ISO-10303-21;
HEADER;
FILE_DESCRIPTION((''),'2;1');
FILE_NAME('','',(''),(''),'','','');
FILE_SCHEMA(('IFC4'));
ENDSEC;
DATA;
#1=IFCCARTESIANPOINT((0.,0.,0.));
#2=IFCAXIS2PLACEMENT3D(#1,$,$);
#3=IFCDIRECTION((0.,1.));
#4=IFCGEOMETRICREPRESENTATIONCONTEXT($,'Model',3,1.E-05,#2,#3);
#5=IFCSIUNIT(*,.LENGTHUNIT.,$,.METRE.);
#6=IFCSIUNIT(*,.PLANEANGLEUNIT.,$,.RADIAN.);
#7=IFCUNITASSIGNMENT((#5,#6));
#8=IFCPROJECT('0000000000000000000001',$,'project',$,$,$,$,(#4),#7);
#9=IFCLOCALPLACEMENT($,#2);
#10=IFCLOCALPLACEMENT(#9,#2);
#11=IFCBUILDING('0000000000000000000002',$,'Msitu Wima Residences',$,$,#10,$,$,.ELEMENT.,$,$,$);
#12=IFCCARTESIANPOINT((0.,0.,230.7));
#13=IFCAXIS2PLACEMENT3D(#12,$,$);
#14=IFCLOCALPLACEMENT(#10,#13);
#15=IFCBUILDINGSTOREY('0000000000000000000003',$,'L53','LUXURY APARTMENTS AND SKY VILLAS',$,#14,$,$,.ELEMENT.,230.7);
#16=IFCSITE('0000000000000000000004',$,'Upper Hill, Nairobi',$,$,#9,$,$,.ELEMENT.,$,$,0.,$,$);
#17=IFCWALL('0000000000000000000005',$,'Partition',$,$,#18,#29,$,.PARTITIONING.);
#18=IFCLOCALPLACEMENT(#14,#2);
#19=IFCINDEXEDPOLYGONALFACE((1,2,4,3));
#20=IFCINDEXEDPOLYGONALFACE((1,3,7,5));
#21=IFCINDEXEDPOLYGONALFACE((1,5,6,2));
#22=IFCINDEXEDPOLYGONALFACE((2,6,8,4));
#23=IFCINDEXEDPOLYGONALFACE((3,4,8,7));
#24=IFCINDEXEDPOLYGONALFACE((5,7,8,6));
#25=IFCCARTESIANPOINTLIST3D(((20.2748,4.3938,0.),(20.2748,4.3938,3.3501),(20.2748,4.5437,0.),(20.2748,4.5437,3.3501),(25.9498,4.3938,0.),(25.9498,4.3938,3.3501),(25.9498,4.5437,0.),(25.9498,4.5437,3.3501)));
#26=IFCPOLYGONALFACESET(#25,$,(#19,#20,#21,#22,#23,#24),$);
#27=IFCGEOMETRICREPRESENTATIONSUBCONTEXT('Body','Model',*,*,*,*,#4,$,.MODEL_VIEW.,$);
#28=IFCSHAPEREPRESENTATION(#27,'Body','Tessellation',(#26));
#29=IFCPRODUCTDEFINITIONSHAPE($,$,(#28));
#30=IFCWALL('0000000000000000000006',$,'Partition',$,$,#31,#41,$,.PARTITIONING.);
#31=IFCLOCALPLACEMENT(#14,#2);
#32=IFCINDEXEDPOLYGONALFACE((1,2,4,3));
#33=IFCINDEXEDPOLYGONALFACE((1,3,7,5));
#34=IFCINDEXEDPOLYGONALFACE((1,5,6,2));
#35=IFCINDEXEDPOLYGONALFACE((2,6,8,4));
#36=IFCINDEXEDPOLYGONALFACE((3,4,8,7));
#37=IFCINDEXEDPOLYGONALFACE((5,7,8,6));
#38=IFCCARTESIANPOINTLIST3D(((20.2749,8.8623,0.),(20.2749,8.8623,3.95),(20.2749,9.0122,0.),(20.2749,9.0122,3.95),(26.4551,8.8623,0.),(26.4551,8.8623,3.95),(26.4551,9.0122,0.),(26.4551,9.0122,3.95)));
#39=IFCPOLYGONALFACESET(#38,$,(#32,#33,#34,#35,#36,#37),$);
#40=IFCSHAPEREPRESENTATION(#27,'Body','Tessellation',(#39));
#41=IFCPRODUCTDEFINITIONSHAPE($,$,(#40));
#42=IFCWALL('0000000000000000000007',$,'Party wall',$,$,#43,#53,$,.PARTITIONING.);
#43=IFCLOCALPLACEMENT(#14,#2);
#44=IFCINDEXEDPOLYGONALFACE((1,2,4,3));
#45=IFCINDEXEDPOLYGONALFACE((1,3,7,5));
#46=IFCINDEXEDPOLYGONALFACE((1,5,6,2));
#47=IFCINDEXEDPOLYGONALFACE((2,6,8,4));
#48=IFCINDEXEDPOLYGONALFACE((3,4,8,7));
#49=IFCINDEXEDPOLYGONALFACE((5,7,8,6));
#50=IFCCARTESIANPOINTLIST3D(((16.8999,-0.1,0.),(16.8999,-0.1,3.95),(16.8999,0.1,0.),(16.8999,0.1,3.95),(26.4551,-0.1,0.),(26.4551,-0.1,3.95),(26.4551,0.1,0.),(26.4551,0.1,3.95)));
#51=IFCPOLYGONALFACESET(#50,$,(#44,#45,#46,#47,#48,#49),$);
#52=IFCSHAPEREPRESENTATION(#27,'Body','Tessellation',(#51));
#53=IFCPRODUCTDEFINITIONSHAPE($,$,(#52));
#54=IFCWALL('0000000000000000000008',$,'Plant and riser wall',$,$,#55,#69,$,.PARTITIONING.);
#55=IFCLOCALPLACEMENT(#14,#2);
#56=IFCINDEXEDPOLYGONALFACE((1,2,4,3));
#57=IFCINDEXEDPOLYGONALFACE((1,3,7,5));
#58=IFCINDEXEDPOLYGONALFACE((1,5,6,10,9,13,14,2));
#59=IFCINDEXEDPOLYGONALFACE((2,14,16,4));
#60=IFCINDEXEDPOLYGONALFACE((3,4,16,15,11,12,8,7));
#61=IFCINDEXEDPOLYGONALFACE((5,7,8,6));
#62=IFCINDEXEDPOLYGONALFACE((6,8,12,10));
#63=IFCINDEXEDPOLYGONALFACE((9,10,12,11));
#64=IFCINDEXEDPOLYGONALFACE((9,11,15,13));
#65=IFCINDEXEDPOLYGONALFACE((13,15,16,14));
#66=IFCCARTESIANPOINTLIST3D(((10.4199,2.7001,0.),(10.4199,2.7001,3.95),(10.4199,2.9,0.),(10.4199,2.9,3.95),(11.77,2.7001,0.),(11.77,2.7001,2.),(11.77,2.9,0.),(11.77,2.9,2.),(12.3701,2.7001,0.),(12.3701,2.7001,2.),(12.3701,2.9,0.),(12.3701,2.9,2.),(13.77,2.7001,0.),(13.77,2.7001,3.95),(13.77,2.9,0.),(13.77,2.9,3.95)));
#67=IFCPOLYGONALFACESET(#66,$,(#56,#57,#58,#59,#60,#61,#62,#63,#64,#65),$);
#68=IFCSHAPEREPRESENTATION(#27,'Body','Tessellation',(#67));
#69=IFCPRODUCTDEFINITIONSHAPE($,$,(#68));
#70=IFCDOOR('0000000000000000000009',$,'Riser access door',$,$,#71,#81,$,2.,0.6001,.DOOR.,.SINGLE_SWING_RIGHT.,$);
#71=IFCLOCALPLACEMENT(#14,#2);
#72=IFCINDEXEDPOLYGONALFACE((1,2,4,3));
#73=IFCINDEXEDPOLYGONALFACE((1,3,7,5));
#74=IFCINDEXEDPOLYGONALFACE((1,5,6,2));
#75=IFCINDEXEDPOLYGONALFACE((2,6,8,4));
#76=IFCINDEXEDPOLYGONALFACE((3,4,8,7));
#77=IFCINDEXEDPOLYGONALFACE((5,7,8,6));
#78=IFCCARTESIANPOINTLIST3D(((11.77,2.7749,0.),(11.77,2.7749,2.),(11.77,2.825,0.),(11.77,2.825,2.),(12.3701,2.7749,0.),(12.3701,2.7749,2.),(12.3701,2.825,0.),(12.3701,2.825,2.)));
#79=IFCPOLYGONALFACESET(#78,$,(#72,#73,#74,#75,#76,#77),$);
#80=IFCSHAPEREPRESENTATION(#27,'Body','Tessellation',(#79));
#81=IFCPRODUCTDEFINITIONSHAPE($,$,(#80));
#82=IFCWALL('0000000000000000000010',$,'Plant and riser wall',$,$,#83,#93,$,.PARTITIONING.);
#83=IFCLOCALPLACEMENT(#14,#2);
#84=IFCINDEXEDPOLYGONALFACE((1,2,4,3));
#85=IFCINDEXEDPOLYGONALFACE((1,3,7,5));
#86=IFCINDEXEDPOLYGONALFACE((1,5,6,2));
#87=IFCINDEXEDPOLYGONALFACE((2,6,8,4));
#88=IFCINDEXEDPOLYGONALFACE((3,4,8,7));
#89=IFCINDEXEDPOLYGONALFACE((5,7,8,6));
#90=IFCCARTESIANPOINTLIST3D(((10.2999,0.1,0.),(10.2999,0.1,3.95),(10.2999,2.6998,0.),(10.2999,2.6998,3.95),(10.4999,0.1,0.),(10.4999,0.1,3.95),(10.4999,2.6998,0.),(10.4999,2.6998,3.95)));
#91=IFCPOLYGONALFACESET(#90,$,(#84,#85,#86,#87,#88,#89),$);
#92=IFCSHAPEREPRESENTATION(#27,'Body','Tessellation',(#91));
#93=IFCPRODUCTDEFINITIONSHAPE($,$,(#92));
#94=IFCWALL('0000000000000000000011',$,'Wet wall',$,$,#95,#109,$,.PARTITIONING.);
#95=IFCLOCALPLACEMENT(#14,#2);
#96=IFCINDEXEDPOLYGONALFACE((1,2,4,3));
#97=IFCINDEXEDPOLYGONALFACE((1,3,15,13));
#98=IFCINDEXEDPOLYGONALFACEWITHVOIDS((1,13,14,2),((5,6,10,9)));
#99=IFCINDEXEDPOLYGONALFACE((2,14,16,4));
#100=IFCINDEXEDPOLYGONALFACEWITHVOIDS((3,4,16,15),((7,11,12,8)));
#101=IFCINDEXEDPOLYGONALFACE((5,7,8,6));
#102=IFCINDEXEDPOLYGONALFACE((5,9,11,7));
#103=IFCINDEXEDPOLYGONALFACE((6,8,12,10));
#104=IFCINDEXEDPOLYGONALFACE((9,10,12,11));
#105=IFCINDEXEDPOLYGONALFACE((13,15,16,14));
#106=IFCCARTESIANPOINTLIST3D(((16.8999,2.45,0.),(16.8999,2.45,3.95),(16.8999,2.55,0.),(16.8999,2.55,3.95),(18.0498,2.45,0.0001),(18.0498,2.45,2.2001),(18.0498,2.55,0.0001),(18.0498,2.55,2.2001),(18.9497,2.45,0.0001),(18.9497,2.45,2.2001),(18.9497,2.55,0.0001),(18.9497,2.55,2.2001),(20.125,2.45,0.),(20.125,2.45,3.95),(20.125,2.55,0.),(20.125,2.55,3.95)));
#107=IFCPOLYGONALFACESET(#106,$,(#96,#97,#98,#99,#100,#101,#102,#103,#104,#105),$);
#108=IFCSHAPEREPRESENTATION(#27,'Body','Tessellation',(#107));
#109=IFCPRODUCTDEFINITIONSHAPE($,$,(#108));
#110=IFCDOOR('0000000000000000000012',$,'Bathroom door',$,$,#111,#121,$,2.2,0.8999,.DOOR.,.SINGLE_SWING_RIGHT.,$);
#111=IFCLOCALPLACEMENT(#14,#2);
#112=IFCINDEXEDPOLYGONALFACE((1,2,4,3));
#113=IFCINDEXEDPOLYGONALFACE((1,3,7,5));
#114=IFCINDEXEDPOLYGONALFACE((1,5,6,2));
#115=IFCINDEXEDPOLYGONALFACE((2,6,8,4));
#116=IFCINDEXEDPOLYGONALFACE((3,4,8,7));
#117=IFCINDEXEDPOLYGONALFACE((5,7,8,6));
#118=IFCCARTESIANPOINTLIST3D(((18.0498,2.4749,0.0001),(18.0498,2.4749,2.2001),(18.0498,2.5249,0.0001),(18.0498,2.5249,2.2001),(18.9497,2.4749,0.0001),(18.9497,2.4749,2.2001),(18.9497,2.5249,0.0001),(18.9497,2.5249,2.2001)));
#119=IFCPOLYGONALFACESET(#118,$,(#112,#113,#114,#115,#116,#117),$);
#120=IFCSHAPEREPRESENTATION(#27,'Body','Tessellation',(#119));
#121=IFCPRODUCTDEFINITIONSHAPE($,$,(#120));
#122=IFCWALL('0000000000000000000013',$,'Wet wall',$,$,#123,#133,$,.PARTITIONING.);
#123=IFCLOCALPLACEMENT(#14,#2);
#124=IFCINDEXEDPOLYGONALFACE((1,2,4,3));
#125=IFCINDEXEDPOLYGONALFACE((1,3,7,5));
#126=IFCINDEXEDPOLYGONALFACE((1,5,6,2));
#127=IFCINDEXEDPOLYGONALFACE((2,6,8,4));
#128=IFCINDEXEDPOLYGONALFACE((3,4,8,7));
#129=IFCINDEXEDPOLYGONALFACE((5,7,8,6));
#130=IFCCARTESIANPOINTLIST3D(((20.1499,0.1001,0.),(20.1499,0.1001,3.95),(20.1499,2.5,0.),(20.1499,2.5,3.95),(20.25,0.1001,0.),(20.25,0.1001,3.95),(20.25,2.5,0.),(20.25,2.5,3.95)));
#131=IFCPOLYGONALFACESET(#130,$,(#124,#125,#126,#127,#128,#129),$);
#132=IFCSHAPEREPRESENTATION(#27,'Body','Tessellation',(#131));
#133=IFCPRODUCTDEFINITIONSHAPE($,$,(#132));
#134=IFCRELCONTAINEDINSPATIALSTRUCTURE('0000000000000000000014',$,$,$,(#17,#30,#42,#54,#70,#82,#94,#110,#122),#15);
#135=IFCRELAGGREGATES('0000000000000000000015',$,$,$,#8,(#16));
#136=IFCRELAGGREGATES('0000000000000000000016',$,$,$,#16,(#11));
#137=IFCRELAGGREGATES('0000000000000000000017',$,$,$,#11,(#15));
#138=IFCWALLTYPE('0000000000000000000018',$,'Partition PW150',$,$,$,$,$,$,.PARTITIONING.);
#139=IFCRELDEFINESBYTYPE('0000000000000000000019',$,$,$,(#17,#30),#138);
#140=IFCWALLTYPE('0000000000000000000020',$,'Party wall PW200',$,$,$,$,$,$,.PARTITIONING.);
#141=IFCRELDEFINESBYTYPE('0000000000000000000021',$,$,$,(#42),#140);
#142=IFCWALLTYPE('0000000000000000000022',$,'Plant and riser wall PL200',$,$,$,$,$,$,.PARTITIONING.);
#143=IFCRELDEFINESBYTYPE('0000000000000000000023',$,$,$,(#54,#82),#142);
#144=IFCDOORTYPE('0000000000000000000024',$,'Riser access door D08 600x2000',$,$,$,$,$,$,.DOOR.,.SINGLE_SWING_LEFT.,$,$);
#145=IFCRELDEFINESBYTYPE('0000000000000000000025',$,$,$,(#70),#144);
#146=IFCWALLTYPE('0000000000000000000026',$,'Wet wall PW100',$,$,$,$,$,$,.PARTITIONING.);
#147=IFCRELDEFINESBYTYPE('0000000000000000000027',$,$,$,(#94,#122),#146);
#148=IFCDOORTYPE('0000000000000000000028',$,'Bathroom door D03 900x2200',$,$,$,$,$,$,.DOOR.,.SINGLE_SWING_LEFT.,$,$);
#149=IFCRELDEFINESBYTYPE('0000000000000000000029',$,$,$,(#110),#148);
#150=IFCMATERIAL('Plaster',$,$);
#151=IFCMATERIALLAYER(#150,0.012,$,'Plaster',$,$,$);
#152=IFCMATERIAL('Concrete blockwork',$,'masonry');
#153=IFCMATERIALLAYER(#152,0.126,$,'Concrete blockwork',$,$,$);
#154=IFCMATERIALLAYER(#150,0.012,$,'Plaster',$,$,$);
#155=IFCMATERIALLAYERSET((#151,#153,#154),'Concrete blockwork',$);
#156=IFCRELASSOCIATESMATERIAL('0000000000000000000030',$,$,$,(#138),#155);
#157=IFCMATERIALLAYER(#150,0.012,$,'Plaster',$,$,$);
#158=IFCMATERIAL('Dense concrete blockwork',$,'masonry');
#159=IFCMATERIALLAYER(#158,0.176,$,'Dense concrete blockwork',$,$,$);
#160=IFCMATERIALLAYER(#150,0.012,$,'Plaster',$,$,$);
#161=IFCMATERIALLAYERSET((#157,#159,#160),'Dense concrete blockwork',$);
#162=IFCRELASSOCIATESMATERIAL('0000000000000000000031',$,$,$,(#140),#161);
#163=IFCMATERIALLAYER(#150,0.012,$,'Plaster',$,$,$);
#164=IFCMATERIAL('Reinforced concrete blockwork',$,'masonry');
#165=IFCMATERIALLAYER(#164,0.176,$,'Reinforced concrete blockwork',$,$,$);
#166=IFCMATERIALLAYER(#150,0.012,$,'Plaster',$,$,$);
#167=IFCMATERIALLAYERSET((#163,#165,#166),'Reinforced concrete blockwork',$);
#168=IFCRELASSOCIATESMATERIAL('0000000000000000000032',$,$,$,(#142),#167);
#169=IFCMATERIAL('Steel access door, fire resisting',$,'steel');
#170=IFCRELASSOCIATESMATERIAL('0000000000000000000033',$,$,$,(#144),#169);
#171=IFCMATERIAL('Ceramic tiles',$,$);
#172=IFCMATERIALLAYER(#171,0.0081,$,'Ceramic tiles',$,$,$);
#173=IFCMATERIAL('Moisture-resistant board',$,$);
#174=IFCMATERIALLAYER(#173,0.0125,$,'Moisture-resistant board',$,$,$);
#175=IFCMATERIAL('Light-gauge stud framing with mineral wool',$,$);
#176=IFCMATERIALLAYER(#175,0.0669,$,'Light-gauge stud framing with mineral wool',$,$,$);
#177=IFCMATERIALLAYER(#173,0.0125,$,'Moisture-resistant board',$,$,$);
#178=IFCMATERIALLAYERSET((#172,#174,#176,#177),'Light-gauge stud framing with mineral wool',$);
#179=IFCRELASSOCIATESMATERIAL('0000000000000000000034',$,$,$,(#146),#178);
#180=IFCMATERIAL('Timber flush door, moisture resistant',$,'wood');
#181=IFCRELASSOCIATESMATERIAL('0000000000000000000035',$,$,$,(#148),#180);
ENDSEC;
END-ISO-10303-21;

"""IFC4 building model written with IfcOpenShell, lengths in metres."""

from ifc_helpers import new_model, si_unit, direction, frame, frame_2d, origin, place, context, subcontext, project, spatial, rectangle, extrude, material, layer, layer_set, type_object, element, fill, save


model = new_model("IFC4")

# Units and contexts
model_context = context("Model", 3, precision=1e-05, world=origin(), true_north=direction((0.0, 1.0)))
body_context = subcontext(model_context, "Body", "Model", "MODEL_VIEW")
ifc_project = project(units=[si_unit("LENGTHUNIT", "METRE"), si_unit("PLANEANGLEUNIT", "RADIAN")], contexts=[model_context])

# Site, building, storey
site_placement = place(None, origin())
site = spatial("IfcSite", under=ifc_project, at=site_placement, Name="Upper Hill, Nairobi", CompositionType="ELEMENT", RefElevation=0.0)
building_placement = place(site_placement, origin())
building = spatial("IfcBuilding", under=site, at=building_placement, Name="Msitu Wima Residences", CompositionType="ELEMENT")
storey_placement = place(building_placement, frame((0.0, 0.0, 230.7)))
storey = spatial("IfcBuildingStorey", under=building, at=storey_placement, Name="L53", Description="LUXURY APARTMENTS AND SKY VILLAS", CompositionType="ELEMENT", Elevation=230.7)

# Shared definitions
ifc_material_1 = material(Name="Plaster")
ifc_layer_1 = layer(ifc_material_1, 0.012, Name="Plaster")
ifc_material_2 = material(Name="Concrete blockwork", Category="masonry")
ifc_layer_2 = layer(ifc_material_2, 0.126, Name="Concrete blockwork")
ifc_layer_3 = layer(ifc_material_1, 0.012, Name="Plaster")
ifc_layer_set_1 = layer_set([ifc_layer_1, ifc_layer_2, ifc_layer_3], Name="Concrete blockwork")
wall_type_1 = type_object("IfcWallType", Name="Partition PW150", PredefinedType="PARTITIONING", material=ifc_layer_set_1)

# Walls
wall_1_placement = place(storey_placement, frame((20.2749, 4.4688, 0.0), z_axis=(0.0, 0.0, 1.0), x_axis=(1.0, 0.0, 0.0)))
element("IfcWall", 1, at=wall_1_placement, inside=storey, type_object=wall_type_1, Name="Partition", PredefinedType="PARTITIONING", context=body_context, shape_type="SweptSolid", body=[
    extrude(rectangle(XDim=5.675, YDim=0.1499, at=frame_2d((2.8374, 0.0))), origin(), (0.0, 0.0, 1.0), 3.3501),
])
wall_2_placement = place(storey_placement, frame((20.2749, 8.9373, 0.0), z_axis=(0.0, 0.0, 1.0), x_axis=(1.0, 0.0, 0.0)))
element("IfcWall", 2, at=wall_2_placement, inside=storey, type_object=wall_type_1, Name="Partition", PredefinedType="PARTITIONING", context=body_context, shape_type="SweptSolid", body=[
    extrude(rectangle(XDim=6.1802, YDim=0.1499, at=frame_2d((3.0901, 0.0))), origin(), (0.0, 0.0, 1.0), 3.95),
])
ifc_layer_4 = layer(ifc_material_1, 0.012, Name="Plaster")
ifc_material_3 = material(Name="Dense concrete blockwork", Category="masonry")
ifc_layer_5 = layer(ifc_material_3, 0.176, Name="Dense concrete blockwork")
ifc_layer_6 = layer(ifc_material_1, 0.012, Name="Plaster")
ifc_layer_set_2 = layer_set([ifc_layer_4, ifc_layer_5, ifc_layer_6], Name="Dense concrete blockwork")
wall_type_2 = type_object("IfcWallType", Name="Party wall PW200", PredefinedType="PARTITIONING", material=ifc_layer_set_2)
wall_3_placement = place(storey_placement, frame((16.8999, 0.0, 0.0), z_axis=(0.0, 0.0, 1.0), x_axis=(1.0, 0.0, 0.0)))
element("IfcWall", 3, at=wall_3_placement, inside=storey, type_object=wall_type_2, Name="Party wall", PredefinedType="PARTITIONING", context=body_context, shape_type="SweptSolid", body=[
    extrude(rectangle(XDim=9.5552, YDim=0.2, at=frame_2d((4.7776, 0.0))), origin(), (0.0, 0.0, 1.0), 3.95),
])

# Wall, opening, door
ifc_layer_7 = layer(ifc_material_1, 0.012, Name="Plaster")
ifc_material_4 = material(Name="Reinforced concrete blockwork", Category="masonry")
ifc_layer_8 = layer(ifc_material_4, 0.176, Name="Reinforced concrete blockwork")
ifc_layer_9 = layer(ifc_material_1, 0.012, Name="Plaster")
ifc_layer_set_3 = layer_set([ifc_layer_7, ifc_layer_8, ifc_layer_9], Name="Reinforced concrete blockwork")
wall_type_3 = type_object("IfcWallType", Name="Plant and riser wall PL200", PredefinedType="PARTITIONING", material=ifc_layer_set_3)
wall_4_placement = place(storey_placement, frame((10.4199, 2.8, 0.0), z_axis=(0.0, 0.0, 1.0), x_axis=(1.0, 0.0, 0.0)))
wall_4 = element("IfcWall", 4, at=wall_4_placement, inside=storey, type_object=wall_type_3, Name="Plant and riser wall", PredefinedType="PARTITIONING", context=body_context, shape_type="SweptSolid", body=[
    extrude(rectangle(XDim=3.3501, YDim=0.2, at=frame_2d((1.675, 0.0))), origin(), (0.0, 0.0, 1.0), 3.95),
])
opening_1_placement = place(wall_4_placement, frame((1.3501, 0.0, 0.0)))
opening_1 = element("IfcOpeningElement", 5, at=opening_1_placement, cuts=wall_4, PredefinedType="OPENING", context=body_context, shape_type="SweptSolid", body=[
    extrude(rectangle(XDim=0.6001, YDim=2.0, at=frame_2d((0.3, 1.0))), frame((0.0, 0.1099, 0.0), z_axis=(0.0, -1.0, 0.0), x_axis=(1.0, 0.0, 0.0)), (0.0, 0.0, 1.0), 0.22),
])
ifc_material_5 = material(Name="Steel access door, fire resisting", Category="steel")
door_type_1 = type_object("IfcDoorType", Name="Riser access door D08 600x2000", OperationType="SINGLE_SWING_LEFT", PredefinedType="DOOR", material=ifc_material_5)
door_1_placement = place(opening_1_placement, origin())
door_1 = element("IfcDoor", 6, at=door_1_placement, inside=storey, type_object=door_type_1, Name="Riser access door", OperationType="SINGLE_SWING_RIGHT", OverallHeight=2.0, OverallWidth=0.6001, PredefinedType="DOOR", context=body_context, shape_type="SweptSolid", body=[
    extrude(rectangle(XDim=0.6001, YDim=2.0, at=frame_2d((0.3, 1.0))), frame((0.0, 0.0249, 0.0), z_axis=(0.0, -1.0, 0.0), x_axis=(1.0, 0.0, 0.0)), (0.0, 0.0, 1.0), 0.05),
])
fill(opening_1, door_1)

# Wall
wall_5_placement = place(storey_placement, frame((10.3999, 0.1001, 0.0), z_axis=(0.0, 0.0, 1.0), x_axis=(0.0, 1.0, 0.0)))
element("IfcWall", 7, at=wall_5_placement, inside=storey, type_object=wall_type_3, Name="Plant and riser wall", PredefinedType="PARTITIONING", context=body_context, shape_type="SweptSolid", body=[
    extrude(rectangle(XDim=2.5999, YDim=0.2, at=frame_2d((1.2998, 0.0))), origin(), (0.0, 0.0, 1.0), 3.95),
])

# Wall, opening, door
ifc_material_6 = material(Name="Ceramic tiles")
ifc_layer_10 = layer(ifc_material_6, 0.0081, Name="Ceramic tiles")
ifc_material_7 = material(Name="Moisture-resistant board")
ifc_layer_11 = layer(ifc_material_7, 0.0125, Name="Moisture-resistant board")
ifc_material_8 = material(Name="Light-gauge stud framing with mineral wool")
ifc_layer_12 = layer(ifc_material_8, 0.0669, Name="Light-gauge stud framing with mineral wool")
ifc_layer_13 = layer(ifc_material_7, 0.0125, Name="Moisture-resistant board")
ifc_layer_set_4 = layer_set([ifc_layer_10, ifc_layer_11, ifc_layer_12, ifc_layer_13], Name="Light-gauge stud framing with mineral wool")
wall_type_4 = type_object("IfcWallType", Name="Wet wall PW100", PredefinedType="PARTITIONING", material=ifc_layer_set_4)
wall_6_placement = place(storey_placement, frame((16.8999, 2.5, 0.0), z_axis=(0.0, 0.0, 1.0), x_axis=(1.0, 0.0, 0.0)))
wall_6 = element("IfcWall", 8, at=wall_6_placement, inside=storey, type_object=wall_type_4, Name="Wet wall", PredefinedType="PARTITIONING", context=body_context, shape_type="SweptSolid", body=[
    extrude(rectangle(XDim=3.2251, YDim=0.1001, at=frame_2d((1.6125, 0.0))), origin(), (0.0, 0.0, 1.0), 3.95),
])
opening_2_placement = place(wall_6_placement, frame((1.1499, 0.0, 0.0)))
opening_2 = element("IfcOpeningElement", 9, at=opening_2_placement, cuts=wall_6, PredefinedType="OPENING", context=body_context, shape_type="SweptSolid", body=[
    extrude(rectangle(XDim=0.8999, YDim=2.2, at=frame_2d((0.45, 1.1001))), frame((0.0, 0.0601, 0.0), z_axis=(0.0, -1.0, 0.0), x_axis=(1.0, 0.0, 0.0)), (0.0, 0.0, 1.0), 0.1201),
])
ifc_material_9 = material(Name="Timber flush door, moisture resistant", Category="wood")
door_type_2 = type_object("IfcDoorType", Name="Bathroom door D03 900x2200", OperationType="SINGLE_SWING_LEFT", PredefinedType="DOOR", material=ifc_material_9)
door_2_placement = place(opening_2_placement, origin())
door_2 = element("IfcDoor", 10, at=door_2_placement, inside=storey, type_object=door_type_2, Name="Bathroom door", OperationType="SINGLE_SWING_RIGHT", OverallHeight=2.2, OverallWidth=0.8999, PredefinedType="DOOR", context=body_context, shape_type="SweptSolid", body=[
    extrude(rectangle(XDim=0.8999, YDim=2.2, at=frame_2d((0.45, 1.1001))), frame((0.0, 0.0249, 0.0), z_axis=(0.0, -1.0, 0.0), x_axis=(1.0, 0.0, 0.0)), (0.0, 0.0, 1.0), 0.05),
])
fill(opening_2, door_2)

# Wall
wall_7_placement = place(storey_placement, frame((20.2, 0.1001, 0.0), z_axis=(0.0, 0.0, 1.0), x_axis=(0.0, 1.0, 0.0)))
element("IfcWall", 11, at=wall_7_placement, inside=storey, type_object=wall_type_4, Name="Wet wall", PredefinedType="PARTITIONING", context=body_context, shape_type="SweptSolid", body=[
    extrude(rectangle(XDim=2.3999, YDim=0.1001, at=frame_2d((1.2, 0.0))), origin(), (0.0, 0.0, 1.0), 3.95),
])

save(model, "model.ifc")
